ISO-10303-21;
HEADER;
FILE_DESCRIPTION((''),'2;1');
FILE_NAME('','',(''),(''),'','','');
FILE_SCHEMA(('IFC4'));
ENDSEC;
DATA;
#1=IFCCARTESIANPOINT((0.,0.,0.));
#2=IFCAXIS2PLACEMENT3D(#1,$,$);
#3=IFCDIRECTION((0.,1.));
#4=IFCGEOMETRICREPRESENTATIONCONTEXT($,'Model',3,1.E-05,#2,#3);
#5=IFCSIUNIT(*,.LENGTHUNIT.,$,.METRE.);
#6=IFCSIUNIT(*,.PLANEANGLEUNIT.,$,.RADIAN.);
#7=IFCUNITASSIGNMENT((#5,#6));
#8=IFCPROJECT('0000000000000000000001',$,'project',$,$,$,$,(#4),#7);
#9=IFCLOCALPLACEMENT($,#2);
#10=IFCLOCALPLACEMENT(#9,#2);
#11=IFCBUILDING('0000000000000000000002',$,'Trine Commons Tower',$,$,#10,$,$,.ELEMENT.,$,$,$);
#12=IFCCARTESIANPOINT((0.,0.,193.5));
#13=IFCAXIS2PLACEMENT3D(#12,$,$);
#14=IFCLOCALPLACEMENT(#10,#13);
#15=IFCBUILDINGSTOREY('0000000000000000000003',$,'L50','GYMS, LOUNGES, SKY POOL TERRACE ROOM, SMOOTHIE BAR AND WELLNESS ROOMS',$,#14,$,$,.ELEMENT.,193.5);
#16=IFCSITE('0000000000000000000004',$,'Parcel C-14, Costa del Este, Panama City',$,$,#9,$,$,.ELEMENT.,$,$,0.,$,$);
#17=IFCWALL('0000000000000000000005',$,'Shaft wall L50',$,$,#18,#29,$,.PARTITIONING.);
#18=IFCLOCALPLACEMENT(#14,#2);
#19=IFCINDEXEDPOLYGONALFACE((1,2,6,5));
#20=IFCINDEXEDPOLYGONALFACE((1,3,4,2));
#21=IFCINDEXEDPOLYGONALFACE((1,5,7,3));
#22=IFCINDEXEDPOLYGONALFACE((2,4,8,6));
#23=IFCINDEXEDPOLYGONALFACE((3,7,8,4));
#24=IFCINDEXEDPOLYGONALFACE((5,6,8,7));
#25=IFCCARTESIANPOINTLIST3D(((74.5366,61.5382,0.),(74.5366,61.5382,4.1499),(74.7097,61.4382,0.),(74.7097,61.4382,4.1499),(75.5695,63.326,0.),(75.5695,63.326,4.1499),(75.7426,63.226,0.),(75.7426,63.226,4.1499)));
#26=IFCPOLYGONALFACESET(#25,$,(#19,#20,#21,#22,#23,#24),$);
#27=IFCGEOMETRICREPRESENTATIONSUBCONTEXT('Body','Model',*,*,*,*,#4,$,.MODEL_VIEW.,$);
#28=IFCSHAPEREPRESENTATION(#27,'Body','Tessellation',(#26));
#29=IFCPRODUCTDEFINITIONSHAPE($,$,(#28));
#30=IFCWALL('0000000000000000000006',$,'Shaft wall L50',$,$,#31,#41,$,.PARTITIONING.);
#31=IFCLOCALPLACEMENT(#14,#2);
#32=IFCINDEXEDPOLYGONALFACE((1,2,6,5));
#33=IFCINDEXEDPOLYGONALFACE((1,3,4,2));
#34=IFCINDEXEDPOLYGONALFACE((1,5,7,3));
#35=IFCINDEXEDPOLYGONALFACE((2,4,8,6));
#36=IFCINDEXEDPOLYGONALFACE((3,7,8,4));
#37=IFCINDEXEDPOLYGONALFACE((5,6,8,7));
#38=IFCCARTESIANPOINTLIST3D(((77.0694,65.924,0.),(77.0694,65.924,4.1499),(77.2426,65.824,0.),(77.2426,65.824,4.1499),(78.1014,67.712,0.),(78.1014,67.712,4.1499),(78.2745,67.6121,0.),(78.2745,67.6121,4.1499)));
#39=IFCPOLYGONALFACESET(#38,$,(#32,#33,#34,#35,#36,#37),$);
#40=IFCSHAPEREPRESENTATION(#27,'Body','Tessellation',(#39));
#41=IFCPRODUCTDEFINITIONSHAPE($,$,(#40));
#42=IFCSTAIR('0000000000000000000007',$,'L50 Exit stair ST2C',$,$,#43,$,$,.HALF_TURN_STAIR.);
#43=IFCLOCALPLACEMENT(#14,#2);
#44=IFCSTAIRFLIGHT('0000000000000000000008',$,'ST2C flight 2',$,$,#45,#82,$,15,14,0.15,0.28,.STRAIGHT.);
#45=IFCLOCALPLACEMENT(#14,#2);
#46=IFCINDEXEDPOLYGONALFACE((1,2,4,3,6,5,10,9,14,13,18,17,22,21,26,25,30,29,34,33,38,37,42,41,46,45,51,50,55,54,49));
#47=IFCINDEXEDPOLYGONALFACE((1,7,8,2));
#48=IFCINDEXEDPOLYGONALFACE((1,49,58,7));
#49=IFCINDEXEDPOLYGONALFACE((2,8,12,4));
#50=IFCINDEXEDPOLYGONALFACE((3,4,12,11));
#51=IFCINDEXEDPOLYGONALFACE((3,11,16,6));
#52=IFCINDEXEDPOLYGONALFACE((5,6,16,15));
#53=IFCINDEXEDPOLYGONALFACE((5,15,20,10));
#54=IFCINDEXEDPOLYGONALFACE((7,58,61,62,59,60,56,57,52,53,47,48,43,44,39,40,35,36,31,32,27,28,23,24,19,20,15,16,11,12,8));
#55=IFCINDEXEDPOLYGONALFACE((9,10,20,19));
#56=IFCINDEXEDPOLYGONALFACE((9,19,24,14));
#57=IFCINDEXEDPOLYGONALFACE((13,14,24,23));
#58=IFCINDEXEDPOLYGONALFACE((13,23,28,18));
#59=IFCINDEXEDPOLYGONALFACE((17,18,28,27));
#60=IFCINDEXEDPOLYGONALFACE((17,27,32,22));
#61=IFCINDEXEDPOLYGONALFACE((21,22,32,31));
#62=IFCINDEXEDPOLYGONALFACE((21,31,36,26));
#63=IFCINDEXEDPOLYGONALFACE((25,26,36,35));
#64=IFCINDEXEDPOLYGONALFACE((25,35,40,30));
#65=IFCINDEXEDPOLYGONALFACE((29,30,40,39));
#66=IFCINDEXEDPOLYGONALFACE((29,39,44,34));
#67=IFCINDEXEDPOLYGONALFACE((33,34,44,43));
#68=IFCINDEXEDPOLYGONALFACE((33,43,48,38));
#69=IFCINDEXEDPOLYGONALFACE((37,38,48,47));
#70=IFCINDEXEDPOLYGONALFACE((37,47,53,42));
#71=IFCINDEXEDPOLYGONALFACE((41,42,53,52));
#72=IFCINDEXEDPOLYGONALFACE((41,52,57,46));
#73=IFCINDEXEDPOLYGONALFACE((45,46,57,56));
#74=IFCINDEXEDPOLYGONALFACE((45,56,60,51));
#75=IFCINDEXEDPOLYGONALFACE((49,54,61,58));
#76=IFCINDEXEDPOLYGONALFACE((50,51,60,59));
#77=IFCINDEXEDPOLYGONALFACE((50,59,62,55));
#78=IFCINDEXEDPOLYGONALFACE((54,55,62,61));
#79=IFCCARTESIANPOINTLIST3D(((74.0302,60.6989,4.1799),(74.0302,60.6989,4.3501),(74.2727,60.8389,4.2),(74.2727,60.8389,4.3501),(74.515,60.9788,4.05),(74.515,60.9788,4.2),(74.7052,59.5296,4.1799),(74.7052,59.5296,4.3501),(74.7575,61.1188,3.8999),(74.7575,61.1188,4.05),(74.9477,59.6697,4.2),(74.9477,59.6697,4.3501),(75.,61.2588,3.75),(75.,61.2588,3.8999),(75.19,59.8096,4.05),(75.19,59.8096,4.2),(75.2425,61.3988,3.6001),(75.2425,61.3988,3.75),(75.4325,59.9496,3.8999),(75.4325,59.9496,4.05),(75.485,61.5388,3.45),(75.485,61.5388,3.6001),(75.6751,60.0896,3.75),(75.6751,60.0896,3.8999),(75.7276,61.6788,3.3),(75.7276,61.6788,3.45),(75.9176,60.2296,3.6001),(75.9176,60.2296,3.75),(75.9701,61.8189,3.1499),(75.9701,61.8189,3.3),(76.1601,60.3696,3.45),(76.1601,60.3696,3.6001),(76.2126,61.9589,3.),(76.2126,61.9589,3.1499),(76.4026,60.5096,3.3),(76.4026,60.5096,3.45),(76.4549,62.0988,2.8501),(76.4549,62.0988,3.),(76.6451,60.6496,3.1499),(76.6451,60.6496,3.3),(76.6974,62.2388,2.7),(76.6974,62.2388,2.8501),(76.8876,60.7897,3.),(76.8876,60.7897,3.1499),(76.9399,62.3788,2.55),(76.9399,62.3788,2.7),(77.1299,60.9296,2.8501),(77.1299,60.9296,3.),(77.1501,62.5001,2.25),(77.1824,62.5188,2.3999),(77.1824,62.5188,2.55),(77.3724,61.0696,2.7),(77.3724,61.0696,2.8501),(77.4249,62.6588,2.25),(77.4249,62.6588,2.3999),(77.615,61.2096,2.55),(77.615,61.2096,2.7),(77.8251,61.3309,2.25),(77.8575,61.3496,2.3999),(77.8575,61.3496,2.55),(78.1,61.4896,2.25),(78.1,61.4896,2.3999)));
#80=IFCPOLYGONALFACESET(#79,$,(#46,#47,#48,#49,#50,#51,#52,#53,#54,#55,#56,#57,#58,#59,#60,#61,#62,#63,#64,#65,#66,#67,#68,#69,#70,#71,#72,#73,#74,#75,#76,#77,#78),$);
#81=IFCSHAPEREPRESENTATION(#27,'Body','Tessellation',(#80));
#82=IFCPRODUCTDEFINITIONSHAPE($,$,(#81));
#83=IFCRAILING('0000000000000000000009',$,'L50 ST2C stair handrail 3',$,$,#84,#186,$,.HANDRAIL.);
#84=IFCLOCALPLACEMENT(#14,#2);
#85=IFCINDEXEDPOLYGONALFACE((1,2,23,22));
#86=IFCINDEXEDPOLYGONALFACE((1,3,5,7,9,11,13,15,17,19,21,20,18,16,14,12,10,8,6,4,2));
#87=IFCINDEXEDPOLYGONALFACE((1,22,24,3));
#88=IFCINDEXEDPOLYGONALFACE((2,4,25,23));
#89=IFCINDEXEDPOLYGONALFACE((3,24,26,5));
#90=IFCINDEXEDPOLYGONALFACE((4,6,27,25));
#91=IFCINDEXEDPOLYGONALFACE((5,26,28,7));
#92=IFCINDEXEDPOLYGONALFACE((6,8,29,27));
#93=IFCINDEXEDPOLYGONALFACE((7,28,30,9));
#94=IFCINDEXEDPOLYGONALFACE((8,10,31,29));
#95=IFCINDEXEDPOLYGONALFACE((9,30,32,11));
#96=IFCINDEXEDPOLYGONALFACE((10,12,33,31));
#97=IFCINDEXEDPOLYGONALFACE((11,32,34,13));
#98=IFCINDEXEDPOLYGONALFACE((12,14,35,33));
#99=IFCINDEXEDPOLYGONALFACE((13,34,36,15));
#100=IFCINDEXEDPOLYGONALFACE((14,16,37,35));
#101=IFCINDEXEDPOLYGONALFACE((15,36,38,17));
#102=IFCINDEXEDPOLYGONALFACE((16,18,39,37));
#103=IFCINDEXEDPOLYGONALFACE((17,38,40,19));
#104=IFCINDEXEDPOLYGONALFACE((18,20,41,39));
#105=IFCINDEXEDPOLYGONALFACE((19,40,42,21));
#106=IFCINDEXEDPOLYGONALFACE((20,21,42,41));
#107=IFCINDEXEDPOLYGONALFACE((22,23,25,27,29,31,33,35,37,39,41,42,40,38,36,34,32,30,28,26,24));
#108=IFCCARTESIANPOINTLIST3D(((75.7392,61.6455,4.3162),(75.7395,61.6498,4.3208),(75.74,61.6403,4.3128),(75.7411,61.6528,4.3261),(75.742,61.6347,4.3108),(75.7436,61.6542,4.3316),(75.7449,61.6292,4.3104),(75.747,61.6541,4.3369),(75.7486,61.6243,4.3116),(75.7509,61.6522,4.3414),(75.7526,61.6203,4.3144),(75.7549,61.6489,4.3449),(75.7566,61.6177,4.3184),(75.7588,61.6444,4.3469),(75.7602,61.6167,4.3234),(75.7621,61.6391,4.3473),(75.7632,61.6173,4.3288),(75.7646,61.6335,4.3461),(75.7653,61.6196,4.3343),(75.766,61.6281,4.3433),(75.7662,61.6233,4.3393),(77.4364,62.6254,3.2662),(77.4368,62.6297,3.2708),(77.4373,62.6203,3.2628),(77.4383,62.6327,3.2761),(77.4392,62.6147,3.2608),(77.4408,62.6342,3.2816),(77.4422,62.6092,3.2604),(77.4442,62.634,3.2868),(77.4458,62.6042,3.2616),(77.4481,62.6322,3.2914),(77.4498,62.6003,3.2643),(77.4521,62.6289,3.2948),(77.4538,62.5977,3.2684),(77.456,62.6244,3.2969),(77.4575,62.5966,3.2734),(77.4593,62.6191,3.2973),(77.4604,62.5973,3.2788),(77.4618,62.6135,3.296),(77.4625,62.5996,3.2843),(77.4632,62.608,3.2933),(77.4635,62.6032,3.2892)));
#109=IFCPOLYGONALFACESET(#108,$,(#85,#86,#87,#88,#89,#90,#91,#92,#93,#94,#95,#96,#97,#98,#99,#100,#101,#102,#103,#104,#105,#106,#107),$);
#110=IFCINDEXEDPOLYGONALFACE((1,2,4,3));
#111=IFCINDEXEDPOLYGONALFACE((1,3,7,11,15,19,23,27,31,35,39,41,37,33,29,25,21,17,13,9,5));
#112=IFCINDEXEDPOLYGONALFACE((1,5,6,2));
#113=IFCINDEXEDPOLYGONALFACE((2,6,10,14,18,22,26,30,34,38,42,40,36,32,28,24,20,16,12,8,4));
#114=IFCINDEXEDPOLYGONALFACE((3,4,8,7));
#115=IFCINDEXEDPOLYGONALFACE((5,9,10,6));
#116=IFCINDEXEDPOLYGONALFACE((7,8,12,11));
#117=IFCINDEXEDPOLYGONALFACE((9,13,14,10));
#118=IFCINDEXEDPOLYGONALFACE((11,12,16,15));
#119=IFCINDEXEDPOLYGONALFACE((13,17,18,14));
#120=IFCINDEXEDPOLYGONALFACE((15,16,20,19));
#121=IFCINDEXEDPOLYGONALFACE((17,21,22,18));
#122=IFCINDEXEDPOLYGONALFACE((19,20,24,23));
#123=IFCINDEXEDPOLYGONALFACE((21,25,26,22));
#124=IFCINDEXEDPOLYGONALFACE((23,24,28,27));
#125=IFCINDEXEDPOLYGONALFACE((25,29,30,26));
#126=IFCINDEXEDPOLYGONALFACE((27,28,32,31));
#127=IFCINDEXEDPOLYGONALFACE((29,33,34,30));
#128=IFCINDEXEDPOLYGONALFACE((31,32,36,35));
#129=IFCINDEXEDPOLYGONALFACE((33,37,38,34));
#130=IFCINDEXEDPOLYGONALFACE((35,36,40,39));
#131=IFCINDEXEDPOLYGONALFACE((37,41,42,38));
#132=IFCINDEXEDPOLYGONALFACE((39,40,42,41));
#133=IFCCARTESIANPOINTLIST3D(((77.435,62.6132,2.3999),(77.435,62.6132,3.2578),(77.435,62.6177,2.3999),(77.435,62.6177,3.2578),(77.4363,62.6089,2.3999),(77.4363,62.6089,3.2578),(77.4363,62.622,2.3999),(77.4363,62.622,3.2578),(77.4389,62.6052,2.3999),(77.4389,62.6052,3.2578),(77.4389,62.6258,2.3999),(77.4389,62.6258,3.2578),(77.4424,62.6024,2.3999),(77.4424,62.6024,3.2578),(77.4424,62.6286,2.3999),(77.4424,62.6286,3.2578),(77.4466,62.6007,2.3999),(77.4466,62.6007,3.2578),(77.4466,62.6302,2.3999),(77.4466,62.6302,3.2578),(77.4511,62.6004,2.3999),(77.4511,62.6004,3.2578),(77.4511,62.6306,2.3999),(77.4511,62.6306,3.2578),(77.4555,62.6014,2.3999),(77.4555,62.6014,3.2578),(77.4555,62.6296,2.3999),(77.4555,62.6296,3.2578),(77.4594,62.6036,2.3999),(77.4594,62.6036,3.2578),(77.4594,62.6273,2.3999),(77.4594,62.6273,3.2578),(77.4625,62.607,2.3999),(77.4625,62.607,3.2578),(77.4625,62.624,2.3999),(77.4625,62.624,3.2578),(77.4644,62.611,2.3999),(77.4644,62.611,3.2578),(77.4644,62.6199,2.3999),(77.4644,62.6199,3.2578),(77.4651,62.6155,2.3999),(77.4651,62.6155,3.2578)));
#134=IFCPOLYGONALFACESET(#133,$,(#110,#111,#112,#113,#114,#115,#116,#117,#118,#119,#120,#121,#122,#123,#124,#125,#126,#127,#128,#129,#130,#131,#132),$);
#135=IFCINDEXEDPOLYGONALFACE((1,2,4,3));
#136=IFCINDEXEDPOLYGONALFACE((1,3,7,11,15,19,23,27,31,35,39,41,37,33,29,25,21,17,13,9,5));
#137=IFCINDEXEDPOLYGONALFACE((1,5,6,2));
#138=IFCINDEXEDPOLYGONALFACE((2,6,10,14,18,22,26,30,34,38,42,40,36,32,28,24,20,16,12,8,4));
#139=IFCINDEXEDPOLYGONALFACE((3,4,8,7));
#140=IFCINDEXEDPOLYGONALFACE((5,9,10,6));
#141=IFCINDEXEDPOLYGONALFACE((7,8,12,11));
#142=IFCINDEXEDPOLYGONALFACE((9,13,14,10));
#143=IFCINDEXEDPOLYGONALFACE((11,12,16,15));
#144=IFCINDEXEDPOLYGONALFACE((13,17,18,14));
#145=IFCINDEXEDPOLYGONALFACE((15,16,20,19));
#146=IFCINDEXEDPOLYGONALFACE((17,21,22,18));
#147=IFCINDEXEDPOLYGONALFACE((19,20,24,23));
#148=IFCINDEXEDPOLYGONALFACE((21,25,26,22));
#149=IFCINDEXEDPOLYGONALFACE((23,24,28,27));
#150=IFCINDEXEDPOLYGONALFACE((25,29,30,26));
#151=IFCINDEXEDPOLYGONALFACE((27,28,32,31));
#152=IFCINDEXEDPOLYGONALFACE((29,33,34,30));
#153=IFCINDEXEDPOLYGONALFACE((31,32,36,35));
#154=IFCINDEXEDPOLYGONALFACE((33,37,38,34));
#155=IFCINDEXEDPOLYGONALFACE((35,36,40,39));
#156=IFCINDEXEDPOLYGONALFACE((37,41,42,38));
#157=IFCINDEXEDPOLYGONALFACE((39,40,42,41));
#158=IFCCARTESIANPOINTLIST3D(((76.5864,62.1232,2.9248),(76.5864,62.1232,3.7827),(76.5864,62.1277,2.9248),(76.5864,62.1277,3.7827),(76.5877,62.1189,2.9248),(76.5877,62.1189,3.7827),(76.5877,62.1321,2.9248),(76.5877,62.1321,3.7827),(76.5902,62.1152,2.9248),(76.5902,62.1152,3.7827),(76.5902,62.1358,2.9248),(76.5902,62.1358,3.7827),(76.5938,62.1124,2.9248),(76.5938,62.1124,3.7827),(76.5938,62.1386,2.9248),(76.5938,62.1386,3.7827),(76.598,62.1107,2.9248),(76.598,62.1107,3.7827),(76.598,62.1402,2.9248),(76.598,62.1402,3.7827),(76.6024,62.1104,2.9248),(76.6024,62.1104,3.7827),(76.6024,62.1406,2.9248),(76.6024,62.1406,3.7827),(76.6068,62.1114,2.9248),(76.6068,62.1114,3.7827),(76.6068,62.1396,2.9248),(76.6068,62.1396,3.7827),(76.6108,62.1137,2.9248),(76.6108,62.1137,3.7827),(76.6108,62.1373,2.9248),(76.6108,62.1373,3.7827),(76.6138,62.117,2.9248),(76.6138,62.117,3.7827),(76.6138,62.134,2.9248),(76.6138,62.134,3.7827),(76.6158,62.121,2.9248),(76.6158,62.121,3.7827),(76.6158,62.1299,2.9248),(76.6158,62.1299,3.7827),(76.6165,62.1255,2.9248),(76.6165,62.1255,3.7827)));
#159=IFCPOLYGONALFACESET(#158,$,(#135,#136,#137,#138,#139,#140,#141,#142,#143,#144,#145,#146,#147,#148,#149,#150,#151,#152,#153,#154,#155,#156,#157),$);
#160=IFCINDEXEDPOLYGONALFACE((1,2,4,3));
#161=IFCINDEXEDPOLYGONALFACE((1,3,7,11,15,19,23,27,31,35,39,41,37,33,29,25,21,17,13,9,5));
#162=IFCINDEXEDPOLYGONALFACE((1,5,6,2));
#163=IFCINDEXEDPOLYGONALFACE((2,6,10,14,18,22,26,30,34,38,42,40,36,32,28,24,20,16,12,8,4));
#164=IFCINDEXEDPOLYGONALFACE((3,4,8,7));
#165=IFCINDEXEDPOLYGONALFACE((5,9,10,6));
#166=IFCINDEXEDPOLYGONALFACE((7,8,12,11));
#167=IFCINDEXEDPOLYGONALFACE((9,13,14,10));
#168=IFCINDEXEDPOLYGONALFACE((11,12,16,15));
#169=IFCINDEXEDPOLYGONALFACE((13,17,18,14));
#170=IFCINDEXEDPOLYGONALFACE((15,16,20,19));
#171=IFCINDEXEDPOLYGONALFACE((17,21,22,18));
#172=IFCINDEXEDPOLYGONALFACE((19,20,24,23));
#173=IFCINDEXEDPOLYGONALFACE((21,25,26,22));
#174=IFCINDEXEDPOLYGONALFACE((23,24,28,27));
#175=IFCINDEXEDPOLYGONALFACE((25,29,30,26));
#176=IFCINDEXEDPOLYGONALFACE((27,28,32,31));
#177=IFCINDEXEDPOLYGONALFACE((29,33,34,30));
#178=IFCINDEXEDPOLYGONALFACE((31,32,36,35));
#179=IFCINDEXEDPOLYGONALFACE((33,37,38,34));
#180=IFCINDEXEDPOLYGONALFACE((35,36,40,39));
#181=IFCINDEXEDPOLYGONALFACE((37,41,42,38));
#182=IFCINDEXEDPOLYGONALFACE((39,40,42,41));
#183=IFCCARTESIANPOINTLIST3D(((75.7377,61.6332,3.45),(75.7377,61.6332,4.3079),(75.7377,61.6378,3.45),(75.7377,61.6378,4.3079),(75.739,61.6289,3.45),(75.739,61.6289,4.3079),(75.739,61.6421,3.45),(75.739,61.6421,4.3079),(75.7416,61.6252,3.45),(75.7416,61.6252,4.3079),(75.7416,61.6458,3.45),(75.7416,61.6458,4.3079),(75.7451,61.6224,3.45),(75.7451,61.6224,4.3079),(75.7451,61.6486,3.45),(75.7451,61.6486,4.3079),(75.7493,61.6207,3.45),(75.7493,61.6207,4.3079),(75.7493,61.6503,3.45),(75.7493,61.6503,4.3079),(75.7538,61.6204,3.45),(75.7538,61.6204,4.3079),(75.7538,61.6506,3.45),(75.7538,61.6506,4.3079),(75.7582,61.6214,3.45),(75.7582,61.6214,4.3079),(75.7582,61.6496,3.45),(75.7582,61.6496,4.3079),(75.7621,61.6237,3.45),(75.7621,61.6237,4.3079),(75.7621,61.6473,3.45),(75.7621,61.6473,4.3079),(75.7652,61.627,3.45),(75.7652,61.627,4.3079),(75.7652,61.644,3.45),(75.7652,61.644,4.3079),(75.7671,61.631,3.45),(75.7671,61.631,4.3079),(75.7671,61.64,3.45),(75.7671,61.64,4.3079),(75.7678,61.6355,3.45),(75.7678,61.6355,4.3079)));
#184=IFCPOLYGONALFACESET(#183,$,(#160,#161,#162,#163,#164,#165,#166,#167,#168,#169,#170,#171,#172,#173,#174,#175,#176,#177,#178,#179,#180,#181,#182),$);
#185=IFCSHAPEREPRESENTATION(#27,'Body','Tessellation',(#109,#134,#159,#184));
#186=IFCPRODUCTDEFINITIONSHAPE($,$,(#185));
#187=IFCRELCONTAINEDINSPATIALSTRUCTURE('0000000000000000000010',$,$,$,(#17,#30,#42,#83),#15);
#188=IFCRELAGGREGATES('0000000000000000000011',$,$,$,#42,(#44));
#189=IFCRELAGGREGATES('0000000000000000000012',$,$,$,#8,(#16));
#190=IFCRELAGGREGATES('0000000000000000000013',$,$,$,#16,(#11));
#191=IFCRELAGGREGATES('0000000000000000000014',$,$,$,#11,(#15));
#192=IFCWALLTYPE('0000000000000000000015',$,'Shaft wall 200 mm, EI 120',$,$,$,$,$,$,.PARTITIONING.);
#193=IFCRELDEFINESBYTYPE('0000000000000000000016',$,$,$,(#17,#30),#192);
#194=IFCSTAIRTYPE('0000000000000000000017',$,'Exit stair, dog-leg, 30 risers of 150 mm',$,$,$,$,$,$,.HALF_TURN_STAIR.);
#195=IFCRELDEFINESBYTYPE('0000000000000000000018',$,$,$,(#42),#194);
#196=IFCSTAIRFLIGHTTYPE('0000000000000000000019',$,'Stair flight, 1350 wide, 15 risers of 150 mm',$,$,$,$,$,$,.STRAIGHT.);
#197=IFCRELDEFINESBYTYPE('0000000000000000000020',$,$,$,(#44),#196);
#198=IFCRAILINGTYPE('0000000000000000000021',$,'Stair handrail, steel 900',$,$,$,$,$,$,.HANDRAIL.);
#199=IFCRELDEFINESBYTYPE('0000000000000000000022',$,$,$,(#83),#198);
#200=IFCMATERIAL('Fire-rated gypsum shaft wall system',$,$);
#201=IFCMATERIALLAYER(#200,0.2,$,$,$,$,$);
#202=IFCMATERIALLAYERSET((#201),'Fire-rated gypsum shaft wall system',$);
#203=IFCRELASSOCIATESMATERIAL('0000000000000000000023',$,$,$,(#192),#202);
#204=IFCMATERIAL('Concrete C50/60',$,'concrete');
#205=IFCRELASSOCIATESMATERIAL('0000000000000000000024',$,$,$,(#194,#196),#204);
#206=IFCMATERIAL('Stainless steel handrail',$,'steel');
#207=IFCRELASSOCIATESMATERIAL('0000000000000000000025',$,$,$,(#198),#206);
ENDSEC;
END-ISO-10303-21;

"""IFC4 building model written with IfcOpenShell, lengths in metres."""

from ifc_helpers import new_model, si_unit, direction, frame, frame_2d, origin, origin_2d, place, context, subcontext, project, spatial, polyline, rectangle, circle, outline, extrude, material, layer, layer_set, type_object, element, aggregate, save


model = new_model("IFC4")

# Units and contexts
model_context = context("Model", 3, precision=1e-05, world=origin(), true_north=direction((0.0, 1.0)))
body_context = subcontext(model_context, "Body", "Model", "MODEL_VIEW")
ifc_project = project(units=[si_unit("LENGTHUNIT", "METRE"), si_unit("PLANEANGLEUNIT", "RADIAN")], contexts=[model_context])

# Site, building, storey
site_placement = place(None, origin())
site = spatial("IfcSite", under=ifc_project, at=site_placement, Name="Parcel C-14, Costa del Este, Panama City", CompositionType="ELEMENT", RefElevation=0.0)
building_placement = place(site_placement, origin())
building = spatial("IfcBuilding", under=site, at=building_placement, Name="Trine Commons Tower", CompositionType="ELEMENT")
storey_placement = place(building_placement, frame((0.0, 0.0, 193.5)))
storey = spatial("IfcBuildingStorey", under=building, at=storey_placement, Name="L50", Description="GYMS, LOUNGES, SKY POOL TERRACE ROOM, SMOOTHIE BAR AND WELLNESS ROOMS", CompositionType="ELEMENT", Elevation=193.5)

# Shared definitions
ifc_material_1 = material(Name="Fire-rated gypsum shaft wall system")

# Walls
ifc_layer_1 = layer(ifc_material_1, 0.2)
ifc_layer_set_1 = layer_set([ifc_layer_1], Name="Fire-rated gypsum shaft wall system")
wall_type_1 = type_object("IfcWallType", Name="Shaft wall 200 mm, EI 120", PredefinedType="PARTITIONING", material=ifc_layer_set_1)
wall_1_placement = place(storey_placement, frame((75.656, 63.2759, 0.0), z_axis=(0.0, 0.0, 1.0), x_axis=(-0.500272, -0.865868, 0.0)))
element("IfcWall", 1, at=wall_1_placement, inside=storey, type_object=wall_type_1, Name="Shaft wall L50", PredefinedType="PARTITIONING", context=body_context, shape_type="SweptSolid", body=[
    extrude(rectangle(XDim=2.0647, YDim=0.2, at=frame_2d((1.0322, 0.0))), origin(), (0.0, 0.0, 1.0), 4.1499),
])
wall_2_placement = place(storey_placement, frame((77.156, 65.874, 0.0), z_axis=(0.0, 0.0, 1.0), x_axis=(0.499866, 0.866103, 0.0)))
element("IfcWall", 2, at=wall_2_placement, inside=storey, type_object=wall_type_1, Name="Shaft wall L50", PredefinedType="PARTITIONING", context=body_context, shape_type="SweptSolid", body=[
    extrude(rectangle(XDim=2.0645, YDim=0.2, at=frame_2d((1.0322, 0.0))), origin(), (0.0, 0.0, 1.0), 4.1499),
])

# Stair, stair flight
ifc_material_2 = material(Name="Concrete C50/60", Category="concrete")
stair_type = type_object("IfcStairType", Name="Exit stair, dog-leg, 30 risers of 150 mm", PredefinedType="HALF_TURN_STAIR", material=ifc_material_2)
stair_placement = place(storey_placement, origin())
stair = element("IfcStair", 3, at=stair_placement, inside=storey, type_object=stair_type, Name="L50 Exit stair ST2C", PredefinedType="HALF_TURN_STAIR")
stair_flight_type = type_object("IfcStairFlightType", Name="Stair flight, 1350 wide, 15 risers of 150 mm", PredefinedType="STRAIGHT", material=ifc_material_2)
stair_flight_placement = place(storey_placement, frame((77.7625, 62.0742, 2.25), z_axis=(0.0, 0.0, 1.0), x_axis=(-0.866025, -0.5, 0.0)))
stair_flight = element("IfcStairFlight", 4, at=stair_flight_placement, type_object=stair_flight_type, Name="ST2C flight 2", NumberOfRisers=15, NumberOfTreads=14, PredefinedType="STRAIGHT", RiserHeight=0.15, TreadLength=0.28, context=body_context, shape_type="SweptSolid", body=[
    extrude(outline(polyline([(0.0, 0.0), (0.0, 0.1499), (0.28, 0.1499), (0.28, 0.3), (0.5601, 0.3), (0.5601, 0.45), (0.8401, 0.45), (0.8401, 0.6001), (1.1201, 0.6001), (1.1201, 0.75), (1.3999, 0.75), (1.3999, 0.8999), (1.6799, 0.8999), (1.6799, 1.05), (1.96, 1.05), (1.96, 1.2), (2.24, 1.2), (2.24, 1.3501), (2.52, 1.3501), (2.52, 1.5), (2.8, 1.5), (2.8, 1.6499), (3.0801, 1.6499), (3.0801, 1.8), (3.3601, 1.8), (3.3601, 1.95), (3.6399, 1.95), (3.6399, 2.1001), (3.9199, 2.1001), (3.9199, 2.25), (3.9199, 1.9299), (0.3174, 0.0), (0.0, 0.0)])), frame((0.0, 0.675, 0.0), z_axis=(0.0, -1.0, 0.0), x_axis=(1.0, 0.0, 0.0)), (0.0, 0.0, 1.0), 1.3501),
])
aggregate(stair, [stair_flight])

# Railing
ifc_material_3 = material(Name="Stainless steel handrail", Category="steel")
railing_type = type_object("IfcRailingType", Name="Stair handrail, steel 900", PredefinedType="HANDRAIL", material=ifc_material_3)
railing_1_placement = place(storey_placement, frame((77.45, 62.6155, 2.3999)))
element("IfcRailing", 5, at=railing_1_placement, inside=storey, type_object=railing_type, Name="L50 ST2C stair handrail 3", PredefinedType="HANDRAIL", context=body_context, shape_type="SweptSolid", body=[
    extrude(circle(Radius=0.021, at=origin_2d()), frame((0.0, 0.0, 0.8789), z_axis=(-0.763352, -0.44075, 0.472264), x_axis=(0.500024, -0.866011, 0.0)), (0.0, 0.0, 1.0), 2.2234),
    extrude(circle(Radius=0.0151, at=origin_2d()), origin(), (0.0, 0.0, 1.0), 0.8579),
    extrude(circle(Radius=0.0151, at=origin_2d()), frame((-0.8486, -0.49, 0.5249)), (0.0, 0.0, 1.0), 0.8579),
    extrude(circle(Radius=0.0151, at=origin_2d()), frame((-1.6973, -0.98, 1.05)), (0.0, 0.0, 1.0), 0.8579),
])

save(model, "model.ifc")
